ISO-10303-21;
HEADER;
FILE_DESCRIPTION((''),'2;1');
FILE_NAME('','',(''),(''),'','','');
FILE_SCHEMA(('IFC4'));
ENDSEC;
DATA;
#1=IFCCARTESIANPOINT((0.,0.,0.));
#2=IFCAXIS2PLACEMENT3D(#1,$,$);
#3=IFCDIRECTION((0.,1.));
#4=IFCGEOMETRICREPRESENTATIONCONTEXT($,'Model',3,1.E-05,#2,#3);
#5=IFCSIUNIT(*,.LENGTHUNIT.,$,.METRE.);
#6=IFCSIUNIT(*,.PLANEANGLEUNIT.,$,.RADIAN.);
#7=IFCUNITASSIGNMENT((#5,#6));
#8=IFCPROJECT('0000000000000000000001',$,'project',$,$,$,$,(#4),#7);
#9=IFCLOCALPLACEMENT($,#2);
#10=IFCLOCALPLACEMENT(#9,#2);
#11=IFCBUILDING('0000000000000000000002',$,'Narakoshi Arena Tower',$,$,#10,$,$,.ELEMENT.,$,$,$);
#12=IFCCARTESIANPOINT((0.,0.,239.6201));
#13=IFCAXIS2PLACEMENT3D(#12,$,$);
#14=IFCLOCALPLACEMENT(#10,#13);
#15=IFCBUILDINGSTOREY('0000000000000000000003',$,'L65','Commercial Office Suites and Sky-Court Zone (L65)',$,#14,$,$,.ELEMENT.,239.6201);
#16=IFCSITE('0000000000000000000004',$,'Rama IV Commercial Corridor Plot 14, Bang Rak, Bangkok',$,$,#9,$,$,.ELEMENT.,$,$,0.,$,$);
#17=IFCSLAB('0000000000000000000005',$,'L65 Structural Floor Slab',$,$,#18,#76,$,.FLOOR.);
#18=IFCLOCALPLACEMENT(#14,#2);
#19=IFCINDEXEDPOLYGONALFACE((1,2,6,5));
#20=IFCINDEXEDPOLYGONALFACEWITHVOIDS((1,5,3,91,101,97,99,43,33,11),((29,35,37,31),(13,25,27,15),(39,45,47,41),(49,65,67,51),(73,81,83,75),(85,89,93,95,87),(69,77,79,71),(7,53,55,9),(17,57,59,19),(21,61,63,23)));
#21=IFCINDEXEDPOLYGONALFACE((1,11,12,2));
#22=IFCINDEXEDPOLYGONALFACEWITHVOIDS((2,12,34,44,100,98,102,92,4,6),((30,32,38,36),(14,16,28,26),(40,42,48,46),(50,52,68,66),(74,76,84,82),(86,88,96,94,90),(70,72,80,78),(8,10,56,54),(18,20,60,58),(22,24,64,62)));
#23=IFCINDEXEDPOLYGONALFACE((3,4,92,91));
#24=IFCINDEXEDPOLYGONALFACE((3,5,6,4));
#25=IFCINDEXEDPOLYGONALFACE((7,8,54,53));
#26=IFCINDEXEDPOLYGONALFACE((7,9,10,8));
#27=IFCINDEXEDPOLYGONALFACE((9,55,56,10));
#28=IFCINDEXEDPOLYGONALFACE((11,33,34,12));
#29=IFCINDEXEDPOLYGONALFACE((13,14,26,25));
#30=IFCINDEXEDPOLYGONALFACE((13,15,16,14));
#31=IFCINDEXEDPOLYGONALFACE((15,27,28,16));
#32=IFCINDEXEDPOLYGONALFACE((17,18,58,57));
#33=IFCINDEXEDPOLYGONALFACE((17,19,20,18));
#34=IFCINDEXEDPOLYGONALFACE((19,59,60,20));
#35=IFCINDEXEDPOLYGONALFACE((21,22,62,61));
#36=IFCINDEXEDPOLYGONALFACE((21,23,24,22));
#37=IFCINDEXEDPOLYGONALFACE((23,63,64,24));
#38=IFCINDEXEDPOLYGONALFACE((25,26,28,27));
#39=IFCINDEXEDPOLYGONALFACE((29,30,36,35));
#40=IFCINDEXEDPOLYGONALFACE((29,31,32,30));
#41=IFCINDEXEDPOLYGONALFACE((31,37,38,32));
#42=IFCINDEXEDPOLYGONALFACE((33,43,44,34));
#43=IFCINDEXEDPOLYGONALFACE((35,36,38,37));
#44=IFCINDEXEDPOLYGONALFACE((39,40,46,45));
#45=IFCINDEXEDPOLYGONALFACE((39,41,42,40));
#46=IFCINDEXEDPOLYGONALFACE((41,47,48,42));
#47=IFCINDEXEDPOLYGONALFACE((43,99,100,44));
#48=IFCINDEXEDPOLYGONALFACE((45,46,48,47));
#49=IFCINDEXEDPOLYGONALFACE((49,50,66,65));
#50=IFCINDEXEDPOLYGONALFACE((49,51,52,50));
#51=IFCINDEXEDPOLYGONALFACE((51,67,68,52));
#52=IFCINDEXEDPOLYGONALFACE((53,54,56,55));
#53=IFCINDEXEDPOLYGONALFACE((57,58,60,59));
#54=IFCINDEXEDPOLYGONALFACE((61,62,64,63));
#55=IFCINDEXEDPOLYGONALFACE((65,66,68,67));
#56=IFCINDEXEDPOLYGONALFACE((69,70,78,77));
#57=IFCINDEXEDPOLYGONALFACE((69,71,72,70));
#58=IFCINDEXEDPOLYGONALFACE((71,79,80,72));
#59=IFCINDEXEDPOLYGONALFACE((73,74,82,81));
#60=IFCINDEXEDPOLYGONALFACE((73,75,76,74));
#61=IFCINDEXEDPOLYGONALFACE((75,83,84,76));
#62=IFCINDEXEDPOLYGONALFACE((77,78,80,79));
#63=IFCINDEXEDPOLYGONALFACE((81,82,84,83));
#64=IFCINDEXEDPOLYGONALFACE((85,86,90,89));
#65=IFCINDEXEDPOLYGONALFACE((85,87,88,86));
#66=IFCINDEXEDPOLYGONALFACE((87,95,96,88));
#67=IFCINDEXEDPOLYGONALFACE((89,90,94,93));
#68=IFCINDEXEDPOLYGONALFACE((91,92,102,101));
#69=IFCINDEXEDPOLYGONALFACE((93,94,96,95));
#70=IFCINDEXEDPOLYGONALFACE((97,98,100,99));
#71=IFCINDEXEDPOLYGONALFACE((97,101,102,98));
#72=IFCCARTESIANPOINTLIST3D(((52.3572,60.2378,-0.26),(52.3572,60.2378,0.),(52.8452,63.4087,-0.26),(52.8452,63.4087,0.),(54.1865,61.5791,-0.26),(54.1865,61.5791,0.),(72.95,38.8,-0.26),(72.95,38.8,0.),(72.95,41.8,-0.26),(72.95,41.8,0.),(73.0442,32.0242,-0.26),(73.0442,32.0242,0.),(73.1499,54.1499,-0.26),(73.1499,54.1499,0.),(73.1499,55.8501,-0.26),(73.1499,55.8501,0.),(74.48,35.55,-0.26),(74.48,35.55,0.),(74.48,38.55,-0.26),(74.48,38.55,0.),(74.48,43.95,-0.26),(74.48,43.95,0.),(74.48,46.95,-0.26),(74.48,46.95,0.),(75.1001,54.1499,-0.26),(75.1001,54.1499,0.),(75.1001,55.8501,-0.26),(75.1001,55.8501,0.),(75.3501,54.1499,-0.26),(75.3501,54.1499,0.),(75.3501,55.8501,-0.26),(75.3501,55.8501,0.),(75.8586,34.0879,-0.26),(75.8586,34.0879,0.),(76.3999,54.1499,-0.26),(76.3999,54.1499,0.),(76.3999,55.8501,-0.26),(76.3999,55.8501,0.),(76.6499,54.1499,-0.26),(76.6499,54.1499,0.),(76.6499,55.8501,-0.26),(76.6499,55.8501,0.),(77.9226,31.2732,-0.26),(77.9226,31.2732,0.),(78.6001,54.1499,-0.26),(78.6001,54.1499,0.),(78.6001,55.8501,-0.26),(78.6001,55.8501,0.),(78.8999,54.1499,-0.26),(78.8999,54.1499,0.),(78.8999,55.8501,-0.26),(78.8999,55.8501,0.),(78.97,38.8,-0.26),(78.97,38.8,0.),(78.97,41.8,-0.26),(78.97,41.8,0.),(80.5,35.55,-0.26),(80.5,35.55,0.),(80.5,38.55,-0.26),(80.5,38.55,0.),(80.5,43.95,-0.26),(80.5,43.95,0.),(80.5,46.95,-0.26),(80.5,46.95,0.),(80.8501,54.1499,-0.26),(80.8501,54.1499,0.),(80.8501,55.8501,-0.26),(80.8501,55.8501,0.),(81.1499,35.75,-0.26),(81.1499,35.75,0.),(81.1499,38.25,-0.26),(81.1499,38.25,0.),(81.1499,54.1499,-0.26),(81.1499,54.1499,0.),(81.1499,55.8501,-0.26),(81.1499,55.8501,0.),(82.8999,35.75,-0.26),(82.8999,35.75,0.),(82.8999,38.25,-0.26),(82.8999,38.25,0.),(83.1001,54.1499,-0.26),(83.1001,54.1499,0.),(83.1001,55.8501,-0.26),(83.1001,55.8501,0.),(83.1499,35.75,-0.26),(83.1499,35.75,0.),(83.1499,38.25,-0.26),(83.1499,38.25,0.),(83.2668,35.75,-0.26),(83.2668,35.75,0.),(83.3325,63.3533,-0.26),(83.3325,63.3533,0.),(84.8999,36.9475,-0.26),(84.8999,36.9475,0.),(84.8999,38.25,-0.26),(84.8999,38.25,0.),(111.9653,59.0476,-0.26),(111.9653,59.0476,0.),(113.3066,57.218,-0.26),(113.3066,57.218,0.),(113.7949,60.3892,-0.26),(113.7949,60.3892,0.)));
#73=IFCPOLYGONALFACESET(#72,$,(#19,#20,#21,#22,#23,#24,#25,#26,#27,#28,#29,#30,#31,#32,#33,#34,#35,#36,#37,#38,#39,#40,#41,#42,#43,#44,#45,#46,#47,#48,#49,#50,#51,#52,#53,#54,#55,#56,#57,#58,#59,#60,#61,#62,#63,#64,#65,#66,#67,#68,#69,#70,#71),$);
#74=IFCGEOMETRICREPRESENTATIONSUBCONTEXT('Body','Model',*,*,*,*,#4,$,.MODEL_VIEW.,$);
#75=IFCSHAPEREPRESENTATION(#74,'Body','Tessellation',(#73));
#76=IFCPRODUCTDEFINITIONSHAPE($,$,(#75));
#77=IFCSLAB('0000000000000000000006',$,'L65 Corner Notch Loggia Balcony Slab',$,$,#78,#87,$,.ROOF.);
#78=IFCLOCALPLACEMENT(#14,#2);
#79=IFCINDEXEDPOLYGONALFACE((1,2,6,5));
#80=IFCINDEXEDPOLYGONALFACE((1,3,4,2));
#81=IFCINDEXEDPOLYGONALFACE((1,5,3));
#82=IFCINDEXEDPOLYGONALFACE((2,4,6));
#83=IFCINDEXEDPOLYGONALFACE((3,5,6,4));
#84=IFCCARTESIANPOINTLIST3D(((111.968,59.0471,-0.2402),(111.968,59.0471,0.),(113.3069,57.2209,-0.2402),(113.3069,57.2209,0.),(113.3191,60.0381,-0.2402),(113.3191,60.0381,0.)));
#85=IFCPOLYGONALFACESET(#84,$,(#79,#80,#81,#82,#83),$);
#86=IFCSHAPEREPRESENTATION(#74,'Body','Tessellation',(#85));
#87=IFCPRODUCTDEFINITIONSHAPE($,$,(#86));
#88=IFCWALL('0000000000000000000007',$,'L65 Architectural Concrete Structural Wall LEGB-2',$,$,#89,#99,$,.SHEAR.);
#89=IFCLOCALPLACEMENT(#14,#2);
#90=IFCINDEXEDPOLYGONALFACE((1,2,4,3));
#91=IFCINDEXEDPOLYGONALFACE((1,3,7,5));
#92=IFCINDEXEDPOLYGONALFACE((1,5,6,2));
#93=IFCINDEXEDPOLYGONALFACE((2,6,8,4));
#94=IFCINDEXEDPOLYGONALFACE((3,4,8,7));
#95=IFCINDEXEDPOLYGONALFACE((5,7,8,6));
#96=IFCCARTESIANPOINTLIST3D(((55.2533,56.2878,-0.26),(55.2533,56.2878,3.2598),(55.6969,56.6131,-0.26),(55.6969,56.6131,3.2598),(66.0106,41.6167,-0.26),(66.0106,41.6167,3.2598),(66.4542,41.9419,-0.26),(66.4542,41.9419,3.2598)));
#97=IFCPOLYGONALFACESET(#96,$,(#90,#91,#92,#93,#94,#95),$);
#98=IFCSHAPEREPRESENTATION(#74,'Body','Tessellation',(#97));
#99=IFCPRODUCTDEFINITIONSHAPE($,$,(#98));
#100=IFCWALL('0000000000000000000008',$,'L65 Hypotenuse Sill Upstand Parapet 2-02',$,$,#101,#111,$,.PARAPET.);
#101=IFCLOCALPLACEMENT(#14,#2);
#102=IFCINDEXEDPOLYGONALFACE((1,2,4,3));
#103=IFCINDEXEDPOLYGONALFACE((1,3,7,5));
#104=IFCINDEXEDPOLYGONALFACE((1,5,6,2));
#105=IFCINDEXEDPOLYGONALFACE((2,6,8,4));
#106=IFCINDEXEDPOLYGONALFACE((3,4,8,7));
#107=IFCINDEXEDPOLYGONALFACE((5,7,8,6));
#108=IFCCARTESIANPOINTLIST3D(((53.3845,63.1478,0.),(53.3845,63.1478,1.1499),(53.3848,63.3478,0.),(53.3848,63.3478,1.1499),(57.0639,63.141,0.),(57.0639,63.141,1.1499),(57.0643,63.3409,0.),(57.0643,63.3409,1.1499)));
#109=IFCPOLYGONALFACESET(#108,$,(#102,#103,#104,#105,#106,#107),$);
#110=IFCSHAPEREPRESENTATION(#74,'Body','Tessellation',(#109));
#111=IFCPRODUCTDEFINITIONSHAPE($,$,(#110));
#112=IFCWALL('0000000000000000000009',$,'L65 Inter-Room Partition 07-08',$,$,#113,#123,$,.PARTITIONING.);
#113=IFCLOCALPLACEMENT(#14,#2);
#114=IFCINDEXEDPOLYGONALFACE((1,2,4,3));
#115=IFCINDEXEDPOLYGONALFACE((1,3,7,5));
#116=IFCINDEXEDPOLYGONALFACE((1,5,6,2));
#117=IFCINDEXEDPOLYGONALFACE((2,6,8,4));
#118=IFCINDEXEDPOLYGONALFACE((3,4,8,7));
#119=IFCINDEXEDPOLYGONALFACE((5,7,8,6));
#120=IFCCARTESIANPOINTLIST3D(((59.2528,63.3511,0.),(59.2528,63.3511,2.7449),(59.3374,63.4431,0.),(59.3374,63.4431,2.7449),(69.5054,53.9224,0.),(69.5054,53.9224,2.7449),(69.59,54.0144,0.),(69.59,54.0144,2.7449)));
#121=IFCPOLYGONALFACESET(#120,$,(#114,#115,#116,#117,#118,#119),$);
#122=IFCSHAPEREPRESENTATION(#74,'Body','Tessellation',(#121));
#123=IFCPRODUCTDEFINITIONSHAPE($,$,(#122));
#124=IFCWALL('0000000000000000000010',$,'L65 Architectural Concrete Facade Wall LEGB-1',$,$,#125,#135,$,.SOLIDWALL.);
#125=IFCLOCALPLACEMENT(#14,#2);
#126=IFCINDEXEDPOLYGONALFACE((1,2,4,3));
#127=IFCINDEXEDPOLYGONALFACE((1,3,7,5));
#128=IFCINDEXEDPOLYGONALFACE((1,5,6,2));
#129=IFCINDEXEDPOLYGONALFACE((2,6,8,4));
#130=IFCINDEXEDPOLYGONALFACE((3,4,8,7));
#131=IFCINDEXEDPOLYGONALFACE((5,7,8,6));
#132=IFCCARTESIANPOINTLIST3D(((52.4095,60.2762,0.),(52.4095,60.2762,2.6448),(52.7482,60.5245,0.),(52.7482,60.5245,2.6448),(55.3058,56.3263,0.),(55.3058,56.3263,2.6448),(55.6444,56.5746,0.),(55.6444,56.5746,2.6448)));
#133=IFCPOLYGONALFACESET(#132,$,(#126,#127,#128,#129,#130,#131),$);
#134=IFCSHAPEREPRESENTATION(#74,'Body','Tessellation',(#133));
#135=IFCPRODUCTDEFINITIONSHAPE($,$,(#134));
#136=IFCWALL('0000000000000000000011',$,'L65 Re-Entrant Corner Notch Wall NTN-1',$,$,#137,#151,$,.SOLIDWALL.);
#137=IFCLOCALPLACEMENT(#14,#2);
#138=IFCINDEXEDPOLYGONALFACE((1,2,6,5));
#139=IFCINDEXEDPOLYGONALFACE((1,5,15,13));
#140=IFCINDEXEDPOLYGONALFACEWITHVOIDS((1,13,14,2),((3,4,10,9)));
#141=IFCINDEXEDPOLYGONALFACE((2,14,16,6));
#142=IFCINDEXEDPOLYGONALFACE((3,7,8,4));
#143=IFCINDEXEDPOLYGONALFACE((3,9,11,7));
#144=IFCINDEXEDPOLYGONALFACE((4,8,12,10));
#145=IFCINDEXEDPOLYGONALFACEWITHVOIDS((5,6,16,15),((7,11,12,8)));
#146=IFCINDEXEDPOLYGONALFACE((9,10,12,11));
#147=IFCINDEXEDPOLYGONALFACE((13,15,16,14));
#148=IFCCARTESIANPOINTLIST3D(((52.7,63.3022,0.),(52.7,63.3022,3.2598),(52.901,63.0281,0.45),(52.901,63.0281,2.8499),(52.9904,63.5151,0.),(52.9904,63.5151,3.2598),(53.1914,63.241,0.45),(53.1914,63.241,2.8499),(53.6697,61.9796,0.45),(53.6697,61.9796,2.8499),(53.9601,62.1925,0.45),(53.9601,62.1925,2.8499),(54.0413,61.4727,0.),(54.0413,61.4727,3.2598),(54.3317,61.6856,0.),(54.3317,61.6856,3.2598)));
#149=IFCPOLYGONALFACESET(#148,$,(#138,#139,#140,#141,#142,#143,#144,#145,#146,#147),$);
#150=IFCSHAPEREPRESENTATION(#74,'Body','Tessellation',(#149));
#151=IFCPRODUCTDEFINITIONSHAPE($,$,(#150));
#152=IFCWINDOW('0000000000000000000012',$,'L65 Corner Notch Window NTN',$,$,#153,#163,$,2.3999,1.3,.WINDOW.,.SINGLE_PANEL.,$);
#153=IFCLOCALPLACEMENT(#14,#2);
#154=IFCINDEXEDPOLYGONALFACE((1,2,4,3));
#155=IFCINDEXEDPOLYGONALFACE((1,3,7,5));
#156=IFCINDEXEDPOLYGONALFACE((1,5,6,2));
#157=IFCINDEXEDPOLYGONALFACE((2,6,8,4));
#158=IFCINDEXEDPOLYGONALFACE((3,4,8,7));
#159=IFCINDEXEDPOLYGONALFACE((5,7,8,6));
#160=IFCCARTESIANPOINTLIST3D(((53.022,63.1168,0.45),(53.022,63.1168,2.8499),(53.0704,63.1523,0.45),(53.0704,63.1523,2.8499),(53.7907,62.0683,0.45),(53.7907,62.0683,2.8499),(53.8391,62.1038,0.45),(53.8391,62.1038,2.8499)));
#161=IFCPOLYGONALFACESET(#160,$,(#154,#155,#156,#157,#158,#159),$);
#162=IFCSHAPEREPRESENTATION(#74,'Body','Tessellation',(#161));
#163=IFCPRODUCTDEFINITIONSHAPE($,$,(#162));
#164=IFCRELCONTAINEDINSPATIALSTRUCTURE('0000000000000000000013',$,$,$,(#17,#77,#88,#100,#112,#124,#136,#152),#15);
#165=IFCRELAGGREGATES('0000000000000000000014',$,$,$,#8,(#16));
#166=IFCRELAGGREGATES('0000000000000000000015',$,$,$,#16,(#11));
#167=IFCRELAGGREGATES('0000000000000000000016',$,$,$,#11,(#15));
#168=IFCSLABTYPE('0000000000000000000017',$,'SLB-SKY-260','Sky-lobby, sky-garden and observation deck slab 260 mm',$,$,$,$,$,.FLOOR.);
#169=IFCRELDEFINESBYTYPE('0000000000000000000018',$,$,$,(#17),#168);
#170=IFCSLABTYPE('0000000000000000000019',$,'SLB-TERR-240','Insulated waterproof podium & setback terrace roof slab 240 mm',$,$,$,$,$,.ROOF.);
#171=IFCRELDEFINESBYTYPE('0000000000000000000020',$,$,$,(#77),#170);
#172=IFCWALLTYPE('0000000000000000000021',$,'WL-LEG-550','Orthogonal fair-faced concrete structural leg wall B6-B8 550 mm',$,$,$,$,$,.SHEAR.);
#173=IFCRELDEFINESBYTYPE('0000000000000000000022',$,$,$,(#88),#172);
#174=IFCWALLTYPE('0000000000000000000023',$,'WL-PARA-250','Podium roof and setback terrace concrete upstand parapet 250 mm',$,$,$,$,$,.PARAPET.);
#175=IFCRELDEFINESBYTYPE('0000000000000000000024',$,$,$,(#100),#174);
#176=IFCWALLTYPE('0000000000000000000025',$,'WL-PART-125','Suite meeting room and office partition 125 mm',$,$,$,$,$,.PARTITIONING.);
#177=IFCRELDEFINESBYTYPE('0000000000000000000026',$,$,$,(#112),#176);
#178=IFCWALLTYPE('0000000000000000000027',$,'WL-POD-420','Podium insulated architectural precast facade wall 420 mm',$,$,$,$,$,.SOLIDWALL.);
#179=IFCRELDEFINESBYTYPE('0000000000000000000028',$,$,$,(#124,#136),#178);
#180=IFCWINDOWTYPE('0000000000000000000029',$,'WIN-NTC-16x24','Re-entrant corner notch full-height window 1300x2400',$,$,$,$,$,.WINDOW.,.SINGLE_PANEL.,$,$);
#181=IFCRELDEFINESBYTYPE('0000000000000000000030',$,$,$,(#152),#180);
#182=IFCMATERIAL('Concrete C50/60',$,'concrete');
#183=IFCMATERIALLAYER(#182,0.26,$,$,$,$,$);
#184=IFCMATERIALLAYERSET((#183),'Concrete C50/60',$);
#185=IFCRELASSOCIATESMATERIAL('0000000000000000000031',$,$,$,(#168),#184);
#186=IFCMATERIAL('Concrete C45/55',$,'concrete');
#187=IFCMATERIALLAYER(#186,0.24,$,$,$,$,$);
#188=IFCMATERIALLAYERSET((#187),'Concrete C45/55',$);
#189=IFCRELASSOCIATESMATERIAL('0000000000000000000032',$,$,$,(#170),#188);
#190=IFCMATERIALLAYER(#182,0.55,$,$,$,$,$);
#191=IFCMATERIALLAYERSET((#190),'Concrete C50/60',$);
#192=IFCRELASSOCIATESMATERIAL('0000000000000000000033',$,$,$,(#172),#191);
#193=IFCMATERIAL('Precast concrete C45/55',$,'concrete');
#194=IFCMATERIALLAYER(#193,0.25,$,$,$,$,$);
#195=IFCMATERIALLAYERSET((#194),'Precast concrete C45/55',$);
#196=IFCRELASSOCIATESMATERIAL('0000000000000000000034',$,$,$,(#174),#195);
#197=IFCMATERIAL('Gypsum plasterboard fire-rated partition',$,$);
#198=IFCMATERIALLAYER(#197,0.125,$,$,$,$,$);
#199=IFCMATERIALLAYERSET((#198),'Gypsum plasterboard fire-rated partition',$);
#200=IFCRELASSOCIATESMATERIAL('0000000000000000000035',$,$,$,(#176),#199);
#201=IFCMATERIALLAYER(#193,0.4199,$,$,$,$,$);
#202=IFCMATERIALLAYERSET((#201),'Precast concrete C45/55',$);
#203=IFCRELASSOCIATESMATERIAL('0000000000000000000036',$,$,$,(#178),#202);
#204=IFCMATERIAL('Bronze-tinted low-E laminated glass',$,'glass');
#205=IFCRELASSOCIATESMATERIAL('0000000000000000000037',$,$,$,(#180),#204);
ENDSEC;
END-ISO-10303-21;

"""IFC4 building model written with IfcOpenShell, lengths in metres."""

from ifc_helpers import new_model, si_unit, direction, frame, frame_2d, origin, place, context, subcontext, project, spatial, polyline, rectangle, outline, extrude, material, layer, layer_set, type_object, element, fill, save


model = new_model("IFC4")

# Units and contexts
model_context = context("Model", 3, precision=1e-05, world=origin(), true_north=direction((0.0, 1.0)))
body_context = subcontext(model_context, "Body", "Model", "MODEL_VIEW")
ifc_project = project(units=[si_unit("LENGTHUNIT", "METRE"), si_unit("PLANEANGLEUNIT", "RADIAN")], contexts=[model_context])

# Site, building, storey
site_placement = place(None, origin())
site = spatial("IfcSite", under=ifc_project, at=site_placement, Name="Rama IV Commercial Corridor Plot 14, Bang Rak, Bangkok", CompositionType="ELEMENT", RefElevation=0.0)
building_placement = place(site_placement, origin())
building = spatial("IfcBuilding", under=site, at=building_placement, Name="Narakoshi Arena Tower", CompositionType="ELEMENT")
storey_placement = place(building_placement, frame((0.0, 0.0, 239.6201)))
storey = spatial("IfcBuildingStorey", under=building, at=storey_placement, Name="L65", Description="Commercial Office Suites and Sky-Court Zone (L65)", CompositionType="ELEMENT", Elevation=239.6201)

# Shared definitions
ifc_material_1 = material(Name="Concrete C50/60", Category="concrete")

# Shared definitions
ifc_material_2 = material(Name="Bronze-tinted low-E laminated glass", Category="glass")

# Shared definitions
ifc_material_3 = material(Name="Concrete C45/55", Category="concrete")

# Slabs
ifc_layer_1 = layer(ifc_material_1, 0.26)
ifc_layer_set_1 = layer_set([ifc_layer_1], Name="Concrete C50/60")
slab_type_1 = type_object("IfcSlabType", Name="SLB-SKY-260", Description="Sky-lobby, sky-garden and observation deck slab 260 mm", PredefinedType="FLOOR", material=ifc_layer_set_1)
slab_1_placement = place(storey_placement, frame((0.0, 0.0, -0.26)))
element("IfcSlab", 1, at=slab_1_placement, inside=storey, type_object=slab_type_1, Name="L65 Structural Floor Slab", PredefinedType="FLOOR", context=body_context, shape_type="SweptSolid", body=[
    extrude(outline(polyline([(77.9226, 31.2732), (113.3066, 57.218), (111.9653, 59.0476), (113.7949, 60.3892), (83.3325, 63.3533), (52.8452, 63.4087), (54.1865, 61.5791), (52.3572, 60.2378), (73.0442, 32.0242), (75.8586, 34.0879), (77.9226, 31.2732)]), holes=[polyline([(80.5, 35.55), (74.48, 35.55), (74.48, 38.55), (80.5, 38.55), (80.5, 35.55)]), polyline([(82.8999, 35.75), (81.1499, 35.75), (81.1499, 38.25), (82.8999, 38.25), (82.8999, 35.75)]), polyline([(84.8999, 36.9475), (83.2668, 35.75), (83.1499, 35.75), (83.1499, 38.25), (84.8999, 38.25), (84.8999, 36.9475)]), polyline([(72.95, 38.8), (72.95, 41.8), (78.97, 41.8), (78.97, 38.8), (72.95, 38.8)]), polyline([(74.48, 43.95), (74.48, 46.95), (80.5, 46.95), (80.5, 43.95), (74.48, 43.95)]), polyline([(75.1001, 54.1499), (73.1499, 54.1499), (73.1499, 55.8501), (75.1001, 55.8501), (75.1001, 54.1499)]), polyline([(76.3999, 54.1499), (75.3501, 54.1499), (75.3501, 55.8501), (76.3999, 55.8501), (76.3999, 54.1499)]), polyline([(78.6001, 54.1499), (76.6499, 54.1499), (76.6499, 55.8501), (78.6001, 55.8501), (78.6001, 54.1499)]), polyline([(78.8999, 54.1499), (78.8999, 55.8501), (80.8501, 55.8501), (80.8501, 54.1499), (78.8999, 54.1499)]), polyline([(81.1499, 54.1499), (81.1499, 55.8501), (83.1001, 55.8501), (83.1001, 54.1499), (81.1499, 54.1499)])]), origin(), (0.0, 0.0, 1.0), 0.26),
])
ifc_layer_2 = layer(ifc_material_3, 0.24)
ifc_layer_set_2 = layer_set([ifc_layer_2], Name="Concrete C45/55")
slab_type_2 = type_object("IfcSlabType", Name="SLB-TERR-240", Description="Insulated waterproof podium & setback terrace roof slab 240 mm", PredefinedType="ROOF", material=ifc_layer_set_2)
slab_2_placement = place(storey_placement, frame((0.0, 0.0, -0.2402)))
element("IfcSlab", 2, at=slab_2_placement, inside=storey, type_object=slab_type_2, Name="L65 Corner Notch Loggia Balcony Slab", PredefinedType="ROOF", context=body_context, shape_type="SweptSolid", body=[
    extrude(outline(polyline([(113.3191, 60.0381), (111.968, 59.0471), (113.3069, 57.2209), (113.3191, 60.0381)])), origin(), (0.0, 0.0, 1.0), 0.2402),
])

# Walls
ifc_layer_3 = layer(ifc_material_1, 0.55)
ifc_layer_set_3 = layer_set([ifc_layer_3], Name="Concrete C50/60")
wall_type_1 = type_object("IfcWallType", Name="WL-LEG-550", Description="Orthogonal fair-faced concrete structural leg wall B6-B8 550 mm", PredefinedType="SHEAR", material=ifc_layer_set_3)
wall_1_placement = place(storey_placement, frame((55.4751, 56.4504, -0.26), z_axis=(0.0, 0.0, 1.0), x_axis=(0.59131, -0.806445, 0.0)))
element("IfcWall", 3, at=wall_1_placement, inside=storey, type_object=wall_type_1, Name="L65 Architectural Concrete Structural Wall LEGB-2", PredefinedType="SHEAR", context=body_context, shape_type="SweptSolid", body=[
    extrude(rectangle(XDim=18.1924, YDim=0.55, at=frame_2d((9.0962, 0.0))), origin(), (0.0, 0.0, 1.0), 3.5198),
])
ifc_material_4 = material(Name="Precast concrete C45/55", Category="concrete")
ifc_layer_4 = layer(ifc_material_4, 0.25)
ifc_layer_set_4 = layer_set([ifc_layer_4], Name="Precast concrete C45/55")
wall_type_2 = type_object("IfcWallType", Name="WL-PARA-250", Description="Podium roof and setback terrace concrete upstand parapet 250 mm", PredefinedType="PARAPET", material=ifc_layer_set_4)
wall_2_placement = place(storey_placement, frame((57.0642, 63.241, 0.0), z_axis=(0.0, 0.0, 1.0), x_axis=(-0.999998, 0.001858, 0.0)))
element("IfcWall", 4, at=wall_2_placement, inside=storey, type_object=wall_type_2, Name="L65 Hypotenuse Sill Upstand Parapet 2-02", PredefinedType="PARAPET", context=body_context, shape_type="SweptSolid", body=[
    extrude(rectangle(XDim=3.6794, YDim=0.2, at=frame_2d((1.8398, 0.0))), origin(), (0.0, 0.0, 1.0), 1.1499),
])
ifc_material_5 = material(Name="Gypsum plasterboard fire-rated partition")
ifc_layer_5 = layer(ifc_material_5, 0.125)
ifc_layer_set_5 = layer_set([ifc_layer_5], Name="Gypsum plasterboard fire-rated partition")
wall_type_3 = type_object("IfcWallType", Name="WL-PART-125", Description="Suite meeting room and office partition 125 mm", PredefinedType="PARTITIONING", material=ifc_layer_set_5)
wall_3_placement = place(storey_placement, frame((59.2952, 63.397, 0.0), z_axis=(0.0, 0.0, 1.0), x_axis=(0.736065, -0.67691, 0.0)))
element("IfcWall", 5, at=wall_3_placement, inside=storey, type_object=wall_type_3, Name="L65 Inter-Room Partition 07-08", PredefinedType="PARTITIONING", context=body_context, shape_type="SweptSolid", body=[
    extrude(rectangle(XDim=13.929, YDim=0.125, at=frame_2d((6.9644, 0.0))), origin(), (0.0, 0.0, 1.0), 2.7449),
])
ifc_layer_6 = layer(ifc_material_4, 0.4199)
ifc_layer_set_6 = layer_set([ifc_layer_6], Name="Precast concrete C45/55")
wall_type_4 = type_object("IfcWallType", Name="WL-POD-420", Description="Podium insulated architectural precast facade wall 420 mm", PredefinedType="SOLIDWALL", material=ifc_layer_set_6)
wall_4_placement = place(storey_placement, frame((52.5789, 60.4004, 0.0), z_axis=(0.0, 0.0, 1.0), x_axis=(0.591312, -0.806443, 0.0)))
element("IfcWall", 6, at=wall_4_placement, inside=storey, type_object=wall_type_4, Name="L65 Architectural Concrete Facade Wall LEGB-1", PredefinedType="SOLIDWALL", context=body_context, shape_type="SweptSolid", body=[
    extrude(rectangle(XDim=4.8979, YDim=0.4199, at=frame_2d((2.449, 0.0))), origin(), (0.0, 0.0, 1.0), 2.6448),
])

# Wall, opening, window
wall_5_placement = place(storey_placement, frame((52.8452, 63.4087, 0.0), z_axis=(0.0, 0.0, 1.0), x_axis=(0.591252, -0.806487, 0.0)))
wall_5 = element("IfcWall", 7, at=wall_5_placement, inside=storey, type_object=wall_type_4, Name="L65 Re-Entrant Corner Notch Wall NTN-1", PredefinedType="SOLIDWALL", context=body_context, shape_type="SweptSolid", body=[
    extrude(rectangle(XDim=2.2686, YDim=0.3601, at=frame_2d((1.1343, 0.0))), origin(), (0.0, 0.0, 1.0), 3.2598),
])
opening_placement = place(wall_5_placement, frame((0.3401, 0.0, 0.45)))
opening = element("IfcOpeningElement", 8, at=opening_placement, cuts=wall_5, PredefinedType="OPENING", context=body_context, shape_type="SweptSolid", body=[
    extrude(rectangle(XDim=1.3, YDim=2.3999, at=frame_2d((0.6499, 1.2))), frame((0.0, 0.1899, 0.0), z_axis=(0.0, -1.0, 0.0), x_axis=(1.0, 0.0, 0.0)), (0.0, 0.0, 1.0), 0.3801),
])
window_type = type_object("IfcWindowType", Name="WIN-NTC-16x24", Description="Re-entrant corner notch full-height window 1300x2400", PartitioningType="SINGLE_PANEL", PredefinedType="WINDOW", material=ifc_material_2)
window_placement = place(opening_placement, origin())
window = element("IfcWindow", 9, at=window_placement, inside=storey, type_object=window_type, Name="L65 Corner Notch Window NTN", OverallHeight=2.3999, OverallWidth=1.3, PartitioningType="SINGLE_PANEL", PredefinedType="WINDOW", context=body_context, shape_type="SweptSolid", body=[
    extrude(rectangle(XDim=1.3, YDim=2.3999, at=frame_2d((0.6499, 1.2))), frame((0.0, 0.03, 0.0), z_axis=(0.0, -1.0, 0.0), x_axis=(1.0, 0.0, 0.0)), (0.0, 0.0, 1.0), 0.0601),
])
fill(opening, window)

save(model, "model.ifc")
